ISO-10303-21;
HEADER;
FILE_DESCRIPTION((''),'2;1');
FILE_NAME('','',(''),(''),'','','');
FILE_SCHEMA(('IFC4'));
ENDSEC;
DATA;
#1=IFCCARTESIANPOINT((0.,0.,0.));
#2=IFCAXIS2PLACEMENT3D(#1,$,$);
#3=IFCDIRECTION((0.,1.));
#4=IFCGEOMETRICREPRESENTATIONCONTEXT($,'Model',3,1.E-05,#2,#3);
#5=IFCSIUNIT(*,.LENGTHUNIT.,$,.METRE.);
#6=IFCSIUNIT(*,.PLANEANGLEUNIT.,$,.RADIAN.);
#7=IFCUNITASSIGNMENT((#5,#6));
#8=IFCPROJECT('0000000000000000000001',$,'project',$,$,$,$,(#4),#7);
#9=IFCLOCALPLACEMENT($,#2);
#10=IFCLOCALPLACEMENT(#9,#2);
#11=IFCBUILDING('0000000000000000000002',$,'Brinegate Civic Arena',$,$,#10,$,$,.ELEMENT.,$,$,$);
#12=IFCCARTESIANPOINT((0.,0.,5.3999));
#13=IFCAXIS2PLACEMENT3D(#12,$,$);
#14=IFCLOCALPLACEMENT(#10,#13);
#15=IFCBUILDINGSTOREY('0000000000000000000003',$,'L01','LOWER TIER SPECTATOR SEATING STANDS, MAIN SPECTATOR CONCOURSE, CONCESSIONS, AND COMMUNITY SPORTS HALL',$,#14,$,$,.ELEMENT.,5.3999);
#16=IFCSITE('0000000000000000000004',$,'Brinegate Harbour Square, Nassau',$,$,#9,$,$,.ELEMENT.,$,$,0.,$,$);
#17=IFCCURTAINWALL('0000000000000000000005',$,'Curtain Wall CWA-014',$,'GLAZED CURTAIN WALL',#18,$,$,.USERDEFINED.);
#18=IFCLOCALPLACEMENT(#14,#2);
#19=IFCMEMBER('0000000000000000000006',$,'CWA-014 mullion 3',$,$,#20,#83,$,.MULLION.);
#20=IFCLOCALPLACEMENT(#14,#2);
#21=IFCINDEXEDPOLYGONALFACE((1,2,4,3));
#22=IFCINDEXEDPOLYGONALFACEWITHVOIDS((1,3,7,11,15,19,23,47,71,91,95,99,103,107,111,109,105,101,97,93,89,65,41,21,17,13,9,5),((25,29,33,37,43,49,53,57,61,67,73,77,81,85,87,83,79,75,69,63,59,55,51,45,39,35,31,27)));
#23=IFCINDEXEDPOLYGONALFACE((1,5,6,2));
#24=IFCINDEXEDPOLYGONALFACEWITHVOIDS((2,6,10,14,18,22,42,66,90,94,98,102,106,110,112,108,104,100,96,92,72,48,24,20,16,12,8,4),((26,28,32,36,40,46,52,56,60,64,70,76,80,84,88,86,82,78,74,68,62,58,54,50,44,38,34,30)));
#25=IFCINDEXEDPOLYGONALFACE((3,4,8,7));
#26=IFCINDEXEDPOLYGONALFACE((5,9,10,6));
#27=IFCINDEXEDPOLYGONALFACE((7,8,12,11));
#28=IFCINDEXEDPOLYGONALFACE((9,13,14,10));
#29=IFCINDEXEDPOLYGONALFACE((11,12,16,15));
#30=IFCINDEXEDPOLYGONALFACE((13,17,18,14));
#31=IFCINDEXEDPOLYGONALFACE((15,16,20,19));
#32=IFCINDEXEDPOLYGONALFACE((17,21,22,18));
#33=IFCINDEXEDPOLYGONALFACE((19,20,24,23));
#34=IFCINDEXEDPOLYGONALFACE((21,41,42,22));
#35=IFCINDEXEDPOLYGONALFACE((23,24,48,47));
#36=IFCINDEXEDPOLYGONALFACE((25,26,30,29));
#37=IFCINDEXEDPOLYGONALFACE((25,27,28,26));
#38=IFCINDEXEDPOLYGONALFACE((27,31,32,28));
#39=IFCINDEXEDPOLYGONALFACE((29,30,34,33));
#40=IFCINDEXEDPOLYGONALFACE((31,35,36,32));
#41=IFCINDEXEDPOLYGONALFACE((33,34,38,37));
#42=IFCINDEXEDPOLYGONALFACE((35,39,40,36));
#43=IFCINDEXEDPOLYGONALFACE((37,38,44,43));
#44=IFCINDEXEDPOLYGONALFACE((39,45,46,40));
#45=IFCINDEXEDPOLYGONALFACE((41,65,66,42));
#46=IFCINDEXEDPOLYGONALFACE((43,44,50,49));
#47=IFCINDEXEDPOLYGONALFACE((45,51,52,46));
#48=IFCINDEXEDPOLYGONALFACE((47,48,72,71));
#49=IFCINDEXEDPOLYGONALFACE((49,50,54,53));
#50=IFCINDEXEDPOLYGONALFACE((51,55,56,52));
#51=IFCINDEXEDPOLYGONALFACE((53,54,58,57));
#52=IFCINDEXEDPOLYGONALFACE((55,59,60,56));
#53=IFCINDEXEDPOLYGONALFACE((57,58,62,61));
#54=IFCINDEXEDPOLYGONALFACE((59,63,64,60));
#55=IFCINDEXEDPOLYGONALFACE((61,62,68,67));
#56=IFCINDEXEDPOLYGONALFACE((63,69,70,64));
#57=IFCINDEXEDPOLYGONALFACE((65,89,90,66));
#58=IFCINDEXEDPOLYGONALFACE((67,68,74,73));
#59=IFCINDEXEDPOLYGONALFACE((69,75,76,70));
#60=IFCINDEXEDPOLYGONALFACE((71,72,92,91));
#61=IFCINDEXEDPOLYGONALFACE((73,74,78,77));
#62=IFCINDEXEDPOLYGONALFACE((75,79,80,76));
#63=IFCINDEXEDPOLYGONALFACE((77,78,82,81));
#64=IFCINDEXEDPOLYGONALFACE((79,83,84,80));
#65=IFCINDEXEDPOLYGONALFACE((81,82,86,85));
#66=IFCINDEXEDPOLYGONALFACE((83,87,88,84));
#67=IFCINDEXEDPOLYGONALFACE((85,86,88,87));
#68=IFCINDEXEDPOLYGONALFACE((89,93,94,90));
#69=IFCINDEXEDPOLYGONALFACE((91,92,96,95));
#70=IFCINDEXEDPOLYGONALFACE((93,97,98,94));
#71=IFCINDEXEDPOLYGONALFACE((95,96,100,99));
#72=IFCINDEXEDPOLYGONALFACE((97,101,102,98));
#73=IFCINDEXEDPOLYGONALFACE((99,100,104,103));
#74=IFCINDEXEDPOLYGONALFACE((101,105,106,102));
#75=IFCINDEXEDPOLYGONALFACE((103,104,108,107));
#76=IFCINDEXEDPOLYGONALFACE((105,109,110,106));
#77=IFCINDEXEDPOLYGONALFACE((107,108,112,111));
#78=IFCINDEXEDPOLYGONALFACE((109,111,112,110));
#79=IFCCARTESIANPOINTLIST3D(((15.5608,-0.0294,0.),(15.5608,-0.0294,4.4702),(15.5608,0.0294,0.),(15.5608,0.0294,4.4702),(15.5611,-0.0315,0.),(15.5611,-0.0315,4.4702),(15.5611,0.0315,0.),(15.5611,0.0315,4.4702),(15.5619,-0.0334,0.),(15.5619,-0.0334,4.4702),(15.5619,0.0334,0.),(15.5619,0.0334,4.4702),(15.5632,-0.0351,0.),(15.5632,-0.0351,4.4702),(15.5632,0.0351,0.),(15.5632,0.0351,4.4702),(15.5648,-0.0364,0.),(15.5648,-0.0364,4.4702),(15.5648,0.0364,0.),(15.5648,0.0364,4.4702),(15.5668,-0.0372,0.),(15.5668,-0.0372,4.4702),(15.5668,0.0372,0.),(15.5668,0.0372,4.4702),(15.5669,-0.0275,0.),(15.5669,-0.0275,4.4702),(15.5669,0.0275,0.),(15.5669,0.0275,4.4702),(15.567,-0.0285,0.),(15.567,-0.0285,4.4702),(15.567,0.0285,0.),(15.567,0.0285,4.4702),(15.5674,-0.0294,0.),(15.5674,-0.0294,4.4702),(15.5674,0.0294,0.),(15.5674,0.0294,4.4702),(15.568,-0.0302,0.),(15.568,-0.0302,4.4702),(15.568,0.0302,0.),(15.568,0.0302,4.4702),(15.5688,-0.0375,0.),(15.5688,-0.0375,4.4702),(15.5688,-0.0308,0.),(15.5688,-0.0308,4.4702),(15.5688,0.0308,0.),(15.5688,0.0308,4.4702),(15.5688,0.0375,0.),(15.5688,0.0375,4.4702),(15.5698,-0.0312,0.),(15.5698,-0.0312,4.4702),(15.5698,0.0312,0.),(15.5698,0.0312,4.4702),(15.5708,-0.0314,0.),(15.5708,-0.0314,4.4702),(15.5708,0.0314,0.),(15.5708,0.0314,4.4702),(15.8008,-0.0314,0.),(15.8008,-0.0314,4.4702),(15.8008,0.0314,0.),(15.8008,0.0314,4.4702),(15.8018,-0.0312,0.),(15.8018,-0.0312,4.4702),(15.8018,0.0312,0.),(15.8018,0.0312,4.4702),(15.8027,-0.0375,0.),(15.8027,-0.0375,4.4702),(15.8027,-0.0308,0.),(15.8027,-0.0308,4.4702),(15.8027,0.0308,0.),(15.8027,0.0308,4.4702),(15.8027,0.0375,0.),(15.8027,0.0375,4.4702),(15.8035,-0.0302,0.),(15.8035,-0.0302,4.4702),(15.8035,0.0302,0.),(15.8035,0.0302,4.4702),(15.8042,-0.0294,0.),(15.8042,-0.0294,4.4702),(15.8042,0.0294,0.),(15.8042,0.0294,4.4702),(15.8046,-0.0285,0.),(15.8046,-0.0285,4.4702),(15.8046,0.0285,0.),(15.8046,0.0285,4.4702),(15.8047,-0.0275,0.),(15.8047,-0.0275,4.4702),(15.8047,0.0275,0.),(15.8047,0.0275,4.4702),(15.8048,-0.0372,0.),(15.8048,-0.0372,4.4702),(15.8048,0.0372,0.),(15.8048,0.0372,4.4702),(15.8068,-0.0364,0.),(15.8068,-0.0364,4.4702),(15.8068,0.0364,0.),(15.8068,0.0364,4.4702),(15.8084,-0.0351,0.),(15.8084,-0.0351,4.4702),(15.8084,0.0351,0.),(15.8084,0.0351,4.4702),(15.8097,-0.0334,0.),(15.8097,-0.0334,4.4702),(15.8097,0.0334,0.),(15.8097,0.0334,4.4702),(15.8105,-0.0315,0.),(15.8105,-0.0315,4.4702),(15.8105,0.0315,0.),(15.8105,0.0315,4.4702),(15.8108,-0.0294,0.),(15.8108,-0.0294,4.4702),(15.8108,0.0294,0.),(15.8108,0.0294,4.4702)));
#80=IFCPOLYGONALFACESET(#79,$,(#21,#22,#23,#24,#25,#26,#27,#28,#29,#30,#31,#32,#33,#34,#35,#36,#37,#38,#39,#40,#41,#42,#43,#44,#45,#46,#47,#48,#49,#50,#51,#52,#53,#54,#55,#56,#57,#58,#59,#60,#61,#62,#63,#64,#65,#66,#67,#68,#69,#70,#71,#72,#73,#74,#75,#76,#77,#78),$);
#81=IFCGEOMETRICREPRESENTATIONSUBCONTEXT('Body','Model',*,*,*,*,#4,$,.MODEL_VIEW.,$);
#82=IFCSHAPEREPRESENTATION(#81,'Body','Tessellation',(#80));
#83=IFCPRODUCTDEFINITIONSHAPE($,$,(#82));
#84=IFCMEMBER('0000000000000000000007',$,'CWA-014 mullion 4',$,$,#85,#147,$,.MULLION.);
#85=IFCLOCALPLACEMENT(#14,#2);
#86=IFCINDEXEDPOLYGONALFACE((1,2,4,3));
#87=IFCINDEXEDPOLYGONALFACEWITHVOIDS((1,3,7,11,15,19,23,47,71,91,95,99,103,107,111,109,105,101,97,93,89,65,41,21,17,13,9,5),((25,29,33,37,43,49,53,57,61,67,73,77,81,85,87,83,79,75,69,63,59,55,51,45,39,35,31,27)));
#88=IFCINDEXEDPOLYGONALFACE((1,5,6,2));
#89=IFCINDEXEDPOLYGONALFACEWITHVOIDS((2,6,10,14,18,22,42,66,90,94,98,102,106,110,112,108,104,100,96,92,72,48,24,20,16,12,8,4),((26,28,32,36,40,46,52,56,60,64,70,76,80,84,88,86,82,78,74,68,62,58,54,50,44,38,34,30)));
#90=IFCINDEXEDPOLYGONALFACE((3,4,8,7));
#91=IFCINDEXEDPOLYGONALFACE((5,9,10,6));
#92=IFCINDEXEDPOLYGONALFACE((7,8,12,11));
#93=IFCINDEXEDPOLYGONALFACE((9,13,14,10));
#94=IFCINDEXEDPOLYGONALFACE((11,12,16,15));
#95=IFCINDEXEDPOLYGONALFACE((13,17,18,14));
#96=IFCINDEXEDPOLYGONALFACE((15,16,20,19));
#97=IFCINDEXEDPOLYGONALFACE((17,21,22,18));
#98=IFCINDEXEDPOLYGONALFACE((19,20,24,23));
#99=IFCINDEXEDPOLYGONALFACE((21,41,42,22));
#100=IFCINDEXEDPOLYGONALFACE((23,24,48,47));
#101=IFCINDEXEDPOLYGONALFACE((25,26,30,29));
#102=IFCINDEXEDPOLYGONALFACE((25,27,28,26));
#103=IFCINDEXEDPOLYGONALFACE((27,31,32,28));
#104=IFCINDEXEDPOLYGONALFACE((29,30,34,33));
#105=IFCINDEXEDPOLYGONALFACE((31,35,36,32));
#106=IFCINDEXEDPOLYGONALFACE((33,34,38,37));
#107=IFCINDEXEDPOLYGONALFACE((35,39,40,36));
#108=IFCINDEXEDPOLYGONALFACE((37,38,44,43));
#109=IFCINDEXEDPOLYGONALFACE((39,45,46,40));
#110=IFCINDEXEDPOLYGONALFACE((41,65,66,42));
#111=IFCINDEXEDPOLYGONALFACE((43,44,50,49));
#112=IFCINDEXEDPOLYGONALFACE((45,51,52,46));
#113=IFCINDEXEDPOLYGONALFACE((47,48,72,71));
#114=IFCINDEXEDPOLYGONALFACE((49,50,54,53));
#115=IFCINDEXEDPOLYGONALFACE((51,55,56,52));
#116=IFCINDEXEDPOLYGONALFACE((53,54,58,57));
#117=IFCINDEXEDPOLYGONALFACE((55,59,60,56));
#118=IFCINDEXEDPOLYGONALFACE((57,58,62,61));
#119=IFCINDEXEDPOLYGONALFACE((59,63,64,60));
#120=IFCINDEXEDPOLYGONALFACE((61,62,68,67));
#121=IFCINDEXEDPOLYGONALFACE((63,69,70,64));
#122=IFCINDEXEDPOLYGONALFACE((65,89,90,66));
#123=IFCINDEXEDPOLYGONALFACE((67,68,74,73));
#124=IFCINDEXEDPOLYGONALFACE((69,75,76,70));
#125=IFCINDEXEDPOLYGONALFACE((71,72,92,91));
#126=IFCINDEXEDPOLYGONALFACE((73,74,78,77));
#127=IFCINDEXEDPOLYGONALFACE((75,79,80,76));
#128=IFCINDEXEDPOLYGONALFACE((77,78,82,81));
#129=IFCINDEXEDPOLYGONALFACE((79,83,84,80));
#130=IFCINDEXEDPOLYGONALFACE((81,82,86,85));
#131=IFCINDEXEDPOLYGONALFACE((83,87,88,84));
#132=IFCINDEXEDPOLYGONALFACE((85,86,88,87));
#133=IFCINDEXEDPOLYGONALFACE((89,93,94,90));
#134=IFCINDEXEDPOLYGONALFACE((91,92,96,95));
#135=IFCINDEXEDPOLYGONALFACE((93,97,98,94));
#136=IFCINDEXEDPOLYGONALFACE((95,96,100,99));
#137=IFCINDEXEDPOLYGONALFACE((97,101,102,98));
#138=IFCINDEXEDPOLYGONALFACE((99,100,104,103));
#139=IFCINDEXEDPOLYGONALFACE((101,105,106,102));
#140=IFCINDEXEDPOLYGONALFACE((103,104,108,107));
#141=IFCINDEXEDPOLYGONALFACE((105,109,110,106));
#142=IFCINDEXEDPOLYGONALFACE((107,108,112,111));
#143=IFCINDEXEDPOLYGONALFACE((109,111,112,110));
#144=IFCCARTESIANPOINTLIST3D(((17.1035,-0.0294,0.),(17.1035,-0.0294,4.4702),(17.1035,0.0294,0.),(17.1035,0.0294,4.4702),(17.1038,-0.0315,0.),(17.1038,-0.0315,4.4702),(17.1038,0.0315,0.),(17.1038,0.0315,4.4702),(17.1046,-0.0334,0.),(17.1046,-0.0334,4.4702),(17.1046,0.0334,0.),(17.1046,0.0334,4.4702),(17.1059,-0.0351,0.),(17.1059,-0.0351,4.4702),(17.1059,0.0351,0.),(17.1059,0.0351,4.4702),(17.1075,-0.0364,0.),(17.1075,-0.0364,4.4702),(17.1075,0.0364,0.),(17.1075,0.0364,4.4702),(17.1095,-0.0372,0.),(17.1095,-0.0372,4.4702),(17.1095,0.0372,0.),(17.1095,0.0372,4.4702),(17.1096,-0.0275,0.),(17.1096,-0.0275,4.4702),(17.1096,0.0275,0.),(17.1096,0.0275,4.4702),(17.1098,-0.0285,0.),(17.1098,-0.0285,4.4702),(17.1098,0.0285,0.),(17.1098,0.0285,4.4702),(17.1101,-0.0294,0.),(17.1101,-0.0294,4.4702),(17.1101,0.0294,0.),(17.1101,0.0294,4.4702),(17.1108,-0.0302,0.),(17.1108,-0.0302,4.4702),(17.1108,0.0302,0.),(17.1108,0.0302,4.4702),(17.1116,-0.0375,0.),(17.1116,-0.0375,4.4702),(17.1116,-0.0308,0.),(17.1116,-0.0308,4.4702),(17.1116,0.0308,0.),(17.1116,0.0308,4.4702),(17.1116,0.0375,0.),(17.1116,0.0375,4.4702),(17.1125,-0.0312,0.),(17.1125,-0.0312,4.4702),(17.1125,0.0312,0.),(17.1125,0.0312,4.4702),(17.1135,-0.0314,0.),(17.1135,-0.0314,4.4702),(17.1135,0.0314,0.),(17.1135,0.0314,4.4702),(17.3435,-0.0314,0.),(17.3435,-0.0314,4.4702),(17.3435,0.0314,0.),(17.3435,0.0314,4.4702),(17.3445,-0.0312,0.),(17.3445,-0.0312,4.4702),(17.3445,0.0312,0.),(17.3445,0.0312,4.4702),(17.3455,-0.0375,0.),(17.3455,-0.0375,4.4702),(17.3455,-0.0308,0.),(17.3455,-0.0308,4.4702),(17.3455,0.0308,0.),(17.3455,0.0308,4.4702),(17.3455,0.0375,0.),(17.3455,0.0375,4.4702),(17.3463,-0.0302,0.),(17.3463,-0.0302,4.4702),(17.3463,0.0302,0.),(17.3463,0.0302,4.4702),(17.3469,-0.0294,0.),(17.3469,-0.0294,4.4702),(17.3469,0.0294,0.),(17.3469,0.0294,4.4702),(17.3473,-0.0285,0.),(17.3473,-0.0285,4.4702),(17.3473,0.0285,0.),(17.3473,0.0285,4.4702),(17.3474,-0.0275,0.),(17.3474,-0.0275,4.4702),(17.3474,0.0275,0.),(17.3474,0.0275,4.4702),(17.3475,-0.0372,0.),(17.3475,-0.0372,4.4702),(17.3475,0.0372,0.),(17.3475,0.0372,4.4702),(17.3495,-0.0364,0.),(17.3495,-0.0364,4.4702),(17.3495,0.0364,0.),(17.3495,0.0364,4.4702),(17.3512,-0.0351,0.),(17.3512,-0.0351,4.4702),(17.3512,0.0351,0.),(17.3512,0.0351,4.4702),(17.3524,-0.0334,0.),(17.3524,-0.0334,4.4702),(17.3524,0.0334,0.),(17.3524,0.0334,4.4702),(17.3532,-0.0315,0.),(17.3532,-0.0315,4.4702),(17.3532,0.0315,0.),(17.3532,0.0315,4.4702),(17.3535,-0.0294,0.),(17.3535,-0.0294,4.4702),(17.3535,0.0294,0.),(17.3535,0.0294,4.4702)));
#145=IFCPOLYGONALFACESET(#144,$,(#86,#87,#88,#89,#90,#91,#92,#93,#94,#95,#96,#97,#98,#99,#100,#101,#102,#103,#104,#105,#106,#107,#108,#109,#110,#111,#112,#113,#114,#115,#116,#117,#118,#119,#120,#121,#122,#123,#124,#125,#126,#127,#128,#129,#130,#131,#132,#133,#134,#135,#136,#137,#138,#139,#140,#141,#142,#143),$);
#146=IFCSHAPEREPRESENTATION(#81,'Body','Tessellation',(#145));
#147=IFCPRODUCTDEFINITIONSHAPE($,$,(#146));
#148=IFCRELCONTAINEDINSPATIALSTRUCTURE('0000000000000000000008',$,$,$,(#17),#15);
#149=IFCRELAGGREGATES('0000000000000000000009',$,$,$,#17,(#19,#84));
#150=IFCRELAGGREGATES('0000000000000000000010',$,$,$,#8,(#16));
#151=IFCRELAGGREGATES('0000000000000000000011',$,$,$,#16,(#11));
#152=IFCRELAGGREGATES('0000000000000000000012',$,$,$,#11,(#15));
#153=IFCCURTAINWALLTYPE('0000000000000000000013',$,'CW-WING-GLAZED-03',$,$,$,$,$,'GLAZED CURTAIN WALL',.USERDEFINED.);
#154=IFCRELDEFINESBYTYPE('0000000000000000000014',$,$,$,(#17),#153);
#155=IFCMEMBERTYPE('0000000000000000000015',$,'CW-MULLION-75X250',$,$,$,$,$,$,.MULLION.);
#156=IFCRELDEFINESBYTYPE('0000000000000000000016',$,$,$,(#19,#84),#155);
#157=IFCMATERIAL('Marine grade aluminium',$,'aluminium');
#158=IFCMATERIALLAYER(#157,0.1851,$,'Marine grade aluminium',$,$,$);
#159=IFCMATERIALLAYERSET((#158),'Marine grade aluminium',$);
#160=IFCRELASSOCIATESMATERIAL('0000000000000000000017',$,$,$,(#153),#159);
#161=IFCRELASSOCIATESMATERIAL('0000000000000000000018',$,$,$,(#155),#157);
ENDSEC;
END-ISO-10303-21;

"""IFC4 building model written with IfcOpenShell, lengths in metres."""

from ifc_helpers import new_model, si_unit, direction, frame, origin, origin_2d, place, context, subcontext, project, spatial, hollow_rectangle, extrude, material, layer, layer_set, material_profile, profile_set, type_object, element, aggregate, save


model = new_model("IFC4")

# Units and contexts
model_context = context("Model", 3, precision=1e-05, world=origin(), true_north=direction((0.0, 1.0)))
body_context = subcontext(model_context, "Body", "Model", "MODEL_VIEW")
ifc_project = project(units=[si_unit("LENGTHUNIT", "METRE"), si_unit("PLANEANGLEUNIT", "RADIAN")], contexts=[model_context])

# Site, building, storey
site_placement = place(None, origin())
site = spatial("IfcSite", under=ifc_project, at=site_placement, Name="Brinegate Harbour Square, Nassau", CompositionType="ELEMENT", RefElevation=0.0)
building_placement = place(site_placement, origin())
building = spatial("IfcBuilding", under=site, at=building_placement, Name="Brinegate Civic Arena", CompositionType="ELEMENT")
storey_placement = place(building_placement, frame((0.0, 0.0, 5.3999)))
storey = spatial("IfcBuildingStorey", under=building, at=storey_placement, Name="L01", Description="LOWER TIER SPECTATOR SEATING STANDS, MAIN SPECTATOR CONCOURSE, CONCESSIONS, AND COMMUNITY SPORTS HALL", CompositionType="ELEMENT", Elevation=5.3999)

# Curtain wall, members
ifc_material_1 = material(Name="Marine grade aluminium", Category="aluminium")
ifc_layer_1 = layer(ifc_material_1, 0.1851, Name="Marine grade aluminium")
ifc_layer_set_1 = layer_set([ifc_layer_1], Name="Marine grade aluminium")
curtain_wall_type = type_object("IfcCurtainWallType", Name="CW-WING-GLAZED-03", ElementType="GLAZED CURTAIN WALL", PredefinedType="USERDEFINED", material=ifc_layer_set_1)
curtain_wall_placement = place(storey_placement, origin())
curtain_wall = element("IfcCurtainWall", 1, at=curtain_wall_placement, inside=storey, type_object=curtain_wall_type, Name="Curtain Wall CWA-014", ObjectType="GLAZED CURTAIN WALL", PredefinedType="USERDEFINED")
ifc_material_profile_1 = material_profile(ifc_material_1, hollow_rectangle(XDim=0.075, YDim=0.25, WallThickness=0.0061, InnerFilletRadius=0.0039, OuterFilletRadius=0.0081, at=origin_2d()), Name="MUL75X250")
ifc_profile_set_1 = profile_set([ifc_material_profile_1], Name="Marine grade aluminium")
member_type_1 = type_object("IfcMemberType", Name="CW-MULLION-75X250", PredefinedType="MULLION", material=ifc_profile_set_1)
member_1_placement = place(storey_placement, frame((15.6858, 0.0, 0.0), z_axis=(0.0, 0.0, 1.0), x_axis=(0.0, 1.0, 0.0)))
member_1 = element("IfcMember", 2, at=member_1_placement, type_object=member_type_1, Name="CWA-014 mullion 3", PredefinedType="MULLION", context=body_context, shape_type="SweptSolid", body=[
    extrude(hollow_rectangle(XDim=0.075, YDim=0.25, WallThickness=0.0061, InnerFilletRadius=0.0039, OuterFilletRadius=0.0081, at=origin_2d()), origin(), (0.0, 0.0, 1.0), 4.4702),
])
member_2_placement = place(storey_placement, frame((17.2285, 0.0, 0.0), z_axis=(0.0, 0.0, 1.0), x_axis=(0.0, 1.0, 0.0)))
member_2 = element("IfcMember", 3, at=member_2_placement, type_object=member_type_1, Name="CWA-014 mullion 4", PredefinedType="MULLION", context=body_context, shape_type="SweptSolid", body=[
    extrude(hollow_rectangle(XDim=0.075, YDim=0.25, WallThickness=0.0061, InnerFilletRadius=0.0039, OuterFilletRadius=0.0081, at=origin_2d()), origin(), (0.0, 0.0, 1.0), 4.4702),
])
aggregate(curtain_wall, [member_1, member_2])

save(model, "model.ifc")
